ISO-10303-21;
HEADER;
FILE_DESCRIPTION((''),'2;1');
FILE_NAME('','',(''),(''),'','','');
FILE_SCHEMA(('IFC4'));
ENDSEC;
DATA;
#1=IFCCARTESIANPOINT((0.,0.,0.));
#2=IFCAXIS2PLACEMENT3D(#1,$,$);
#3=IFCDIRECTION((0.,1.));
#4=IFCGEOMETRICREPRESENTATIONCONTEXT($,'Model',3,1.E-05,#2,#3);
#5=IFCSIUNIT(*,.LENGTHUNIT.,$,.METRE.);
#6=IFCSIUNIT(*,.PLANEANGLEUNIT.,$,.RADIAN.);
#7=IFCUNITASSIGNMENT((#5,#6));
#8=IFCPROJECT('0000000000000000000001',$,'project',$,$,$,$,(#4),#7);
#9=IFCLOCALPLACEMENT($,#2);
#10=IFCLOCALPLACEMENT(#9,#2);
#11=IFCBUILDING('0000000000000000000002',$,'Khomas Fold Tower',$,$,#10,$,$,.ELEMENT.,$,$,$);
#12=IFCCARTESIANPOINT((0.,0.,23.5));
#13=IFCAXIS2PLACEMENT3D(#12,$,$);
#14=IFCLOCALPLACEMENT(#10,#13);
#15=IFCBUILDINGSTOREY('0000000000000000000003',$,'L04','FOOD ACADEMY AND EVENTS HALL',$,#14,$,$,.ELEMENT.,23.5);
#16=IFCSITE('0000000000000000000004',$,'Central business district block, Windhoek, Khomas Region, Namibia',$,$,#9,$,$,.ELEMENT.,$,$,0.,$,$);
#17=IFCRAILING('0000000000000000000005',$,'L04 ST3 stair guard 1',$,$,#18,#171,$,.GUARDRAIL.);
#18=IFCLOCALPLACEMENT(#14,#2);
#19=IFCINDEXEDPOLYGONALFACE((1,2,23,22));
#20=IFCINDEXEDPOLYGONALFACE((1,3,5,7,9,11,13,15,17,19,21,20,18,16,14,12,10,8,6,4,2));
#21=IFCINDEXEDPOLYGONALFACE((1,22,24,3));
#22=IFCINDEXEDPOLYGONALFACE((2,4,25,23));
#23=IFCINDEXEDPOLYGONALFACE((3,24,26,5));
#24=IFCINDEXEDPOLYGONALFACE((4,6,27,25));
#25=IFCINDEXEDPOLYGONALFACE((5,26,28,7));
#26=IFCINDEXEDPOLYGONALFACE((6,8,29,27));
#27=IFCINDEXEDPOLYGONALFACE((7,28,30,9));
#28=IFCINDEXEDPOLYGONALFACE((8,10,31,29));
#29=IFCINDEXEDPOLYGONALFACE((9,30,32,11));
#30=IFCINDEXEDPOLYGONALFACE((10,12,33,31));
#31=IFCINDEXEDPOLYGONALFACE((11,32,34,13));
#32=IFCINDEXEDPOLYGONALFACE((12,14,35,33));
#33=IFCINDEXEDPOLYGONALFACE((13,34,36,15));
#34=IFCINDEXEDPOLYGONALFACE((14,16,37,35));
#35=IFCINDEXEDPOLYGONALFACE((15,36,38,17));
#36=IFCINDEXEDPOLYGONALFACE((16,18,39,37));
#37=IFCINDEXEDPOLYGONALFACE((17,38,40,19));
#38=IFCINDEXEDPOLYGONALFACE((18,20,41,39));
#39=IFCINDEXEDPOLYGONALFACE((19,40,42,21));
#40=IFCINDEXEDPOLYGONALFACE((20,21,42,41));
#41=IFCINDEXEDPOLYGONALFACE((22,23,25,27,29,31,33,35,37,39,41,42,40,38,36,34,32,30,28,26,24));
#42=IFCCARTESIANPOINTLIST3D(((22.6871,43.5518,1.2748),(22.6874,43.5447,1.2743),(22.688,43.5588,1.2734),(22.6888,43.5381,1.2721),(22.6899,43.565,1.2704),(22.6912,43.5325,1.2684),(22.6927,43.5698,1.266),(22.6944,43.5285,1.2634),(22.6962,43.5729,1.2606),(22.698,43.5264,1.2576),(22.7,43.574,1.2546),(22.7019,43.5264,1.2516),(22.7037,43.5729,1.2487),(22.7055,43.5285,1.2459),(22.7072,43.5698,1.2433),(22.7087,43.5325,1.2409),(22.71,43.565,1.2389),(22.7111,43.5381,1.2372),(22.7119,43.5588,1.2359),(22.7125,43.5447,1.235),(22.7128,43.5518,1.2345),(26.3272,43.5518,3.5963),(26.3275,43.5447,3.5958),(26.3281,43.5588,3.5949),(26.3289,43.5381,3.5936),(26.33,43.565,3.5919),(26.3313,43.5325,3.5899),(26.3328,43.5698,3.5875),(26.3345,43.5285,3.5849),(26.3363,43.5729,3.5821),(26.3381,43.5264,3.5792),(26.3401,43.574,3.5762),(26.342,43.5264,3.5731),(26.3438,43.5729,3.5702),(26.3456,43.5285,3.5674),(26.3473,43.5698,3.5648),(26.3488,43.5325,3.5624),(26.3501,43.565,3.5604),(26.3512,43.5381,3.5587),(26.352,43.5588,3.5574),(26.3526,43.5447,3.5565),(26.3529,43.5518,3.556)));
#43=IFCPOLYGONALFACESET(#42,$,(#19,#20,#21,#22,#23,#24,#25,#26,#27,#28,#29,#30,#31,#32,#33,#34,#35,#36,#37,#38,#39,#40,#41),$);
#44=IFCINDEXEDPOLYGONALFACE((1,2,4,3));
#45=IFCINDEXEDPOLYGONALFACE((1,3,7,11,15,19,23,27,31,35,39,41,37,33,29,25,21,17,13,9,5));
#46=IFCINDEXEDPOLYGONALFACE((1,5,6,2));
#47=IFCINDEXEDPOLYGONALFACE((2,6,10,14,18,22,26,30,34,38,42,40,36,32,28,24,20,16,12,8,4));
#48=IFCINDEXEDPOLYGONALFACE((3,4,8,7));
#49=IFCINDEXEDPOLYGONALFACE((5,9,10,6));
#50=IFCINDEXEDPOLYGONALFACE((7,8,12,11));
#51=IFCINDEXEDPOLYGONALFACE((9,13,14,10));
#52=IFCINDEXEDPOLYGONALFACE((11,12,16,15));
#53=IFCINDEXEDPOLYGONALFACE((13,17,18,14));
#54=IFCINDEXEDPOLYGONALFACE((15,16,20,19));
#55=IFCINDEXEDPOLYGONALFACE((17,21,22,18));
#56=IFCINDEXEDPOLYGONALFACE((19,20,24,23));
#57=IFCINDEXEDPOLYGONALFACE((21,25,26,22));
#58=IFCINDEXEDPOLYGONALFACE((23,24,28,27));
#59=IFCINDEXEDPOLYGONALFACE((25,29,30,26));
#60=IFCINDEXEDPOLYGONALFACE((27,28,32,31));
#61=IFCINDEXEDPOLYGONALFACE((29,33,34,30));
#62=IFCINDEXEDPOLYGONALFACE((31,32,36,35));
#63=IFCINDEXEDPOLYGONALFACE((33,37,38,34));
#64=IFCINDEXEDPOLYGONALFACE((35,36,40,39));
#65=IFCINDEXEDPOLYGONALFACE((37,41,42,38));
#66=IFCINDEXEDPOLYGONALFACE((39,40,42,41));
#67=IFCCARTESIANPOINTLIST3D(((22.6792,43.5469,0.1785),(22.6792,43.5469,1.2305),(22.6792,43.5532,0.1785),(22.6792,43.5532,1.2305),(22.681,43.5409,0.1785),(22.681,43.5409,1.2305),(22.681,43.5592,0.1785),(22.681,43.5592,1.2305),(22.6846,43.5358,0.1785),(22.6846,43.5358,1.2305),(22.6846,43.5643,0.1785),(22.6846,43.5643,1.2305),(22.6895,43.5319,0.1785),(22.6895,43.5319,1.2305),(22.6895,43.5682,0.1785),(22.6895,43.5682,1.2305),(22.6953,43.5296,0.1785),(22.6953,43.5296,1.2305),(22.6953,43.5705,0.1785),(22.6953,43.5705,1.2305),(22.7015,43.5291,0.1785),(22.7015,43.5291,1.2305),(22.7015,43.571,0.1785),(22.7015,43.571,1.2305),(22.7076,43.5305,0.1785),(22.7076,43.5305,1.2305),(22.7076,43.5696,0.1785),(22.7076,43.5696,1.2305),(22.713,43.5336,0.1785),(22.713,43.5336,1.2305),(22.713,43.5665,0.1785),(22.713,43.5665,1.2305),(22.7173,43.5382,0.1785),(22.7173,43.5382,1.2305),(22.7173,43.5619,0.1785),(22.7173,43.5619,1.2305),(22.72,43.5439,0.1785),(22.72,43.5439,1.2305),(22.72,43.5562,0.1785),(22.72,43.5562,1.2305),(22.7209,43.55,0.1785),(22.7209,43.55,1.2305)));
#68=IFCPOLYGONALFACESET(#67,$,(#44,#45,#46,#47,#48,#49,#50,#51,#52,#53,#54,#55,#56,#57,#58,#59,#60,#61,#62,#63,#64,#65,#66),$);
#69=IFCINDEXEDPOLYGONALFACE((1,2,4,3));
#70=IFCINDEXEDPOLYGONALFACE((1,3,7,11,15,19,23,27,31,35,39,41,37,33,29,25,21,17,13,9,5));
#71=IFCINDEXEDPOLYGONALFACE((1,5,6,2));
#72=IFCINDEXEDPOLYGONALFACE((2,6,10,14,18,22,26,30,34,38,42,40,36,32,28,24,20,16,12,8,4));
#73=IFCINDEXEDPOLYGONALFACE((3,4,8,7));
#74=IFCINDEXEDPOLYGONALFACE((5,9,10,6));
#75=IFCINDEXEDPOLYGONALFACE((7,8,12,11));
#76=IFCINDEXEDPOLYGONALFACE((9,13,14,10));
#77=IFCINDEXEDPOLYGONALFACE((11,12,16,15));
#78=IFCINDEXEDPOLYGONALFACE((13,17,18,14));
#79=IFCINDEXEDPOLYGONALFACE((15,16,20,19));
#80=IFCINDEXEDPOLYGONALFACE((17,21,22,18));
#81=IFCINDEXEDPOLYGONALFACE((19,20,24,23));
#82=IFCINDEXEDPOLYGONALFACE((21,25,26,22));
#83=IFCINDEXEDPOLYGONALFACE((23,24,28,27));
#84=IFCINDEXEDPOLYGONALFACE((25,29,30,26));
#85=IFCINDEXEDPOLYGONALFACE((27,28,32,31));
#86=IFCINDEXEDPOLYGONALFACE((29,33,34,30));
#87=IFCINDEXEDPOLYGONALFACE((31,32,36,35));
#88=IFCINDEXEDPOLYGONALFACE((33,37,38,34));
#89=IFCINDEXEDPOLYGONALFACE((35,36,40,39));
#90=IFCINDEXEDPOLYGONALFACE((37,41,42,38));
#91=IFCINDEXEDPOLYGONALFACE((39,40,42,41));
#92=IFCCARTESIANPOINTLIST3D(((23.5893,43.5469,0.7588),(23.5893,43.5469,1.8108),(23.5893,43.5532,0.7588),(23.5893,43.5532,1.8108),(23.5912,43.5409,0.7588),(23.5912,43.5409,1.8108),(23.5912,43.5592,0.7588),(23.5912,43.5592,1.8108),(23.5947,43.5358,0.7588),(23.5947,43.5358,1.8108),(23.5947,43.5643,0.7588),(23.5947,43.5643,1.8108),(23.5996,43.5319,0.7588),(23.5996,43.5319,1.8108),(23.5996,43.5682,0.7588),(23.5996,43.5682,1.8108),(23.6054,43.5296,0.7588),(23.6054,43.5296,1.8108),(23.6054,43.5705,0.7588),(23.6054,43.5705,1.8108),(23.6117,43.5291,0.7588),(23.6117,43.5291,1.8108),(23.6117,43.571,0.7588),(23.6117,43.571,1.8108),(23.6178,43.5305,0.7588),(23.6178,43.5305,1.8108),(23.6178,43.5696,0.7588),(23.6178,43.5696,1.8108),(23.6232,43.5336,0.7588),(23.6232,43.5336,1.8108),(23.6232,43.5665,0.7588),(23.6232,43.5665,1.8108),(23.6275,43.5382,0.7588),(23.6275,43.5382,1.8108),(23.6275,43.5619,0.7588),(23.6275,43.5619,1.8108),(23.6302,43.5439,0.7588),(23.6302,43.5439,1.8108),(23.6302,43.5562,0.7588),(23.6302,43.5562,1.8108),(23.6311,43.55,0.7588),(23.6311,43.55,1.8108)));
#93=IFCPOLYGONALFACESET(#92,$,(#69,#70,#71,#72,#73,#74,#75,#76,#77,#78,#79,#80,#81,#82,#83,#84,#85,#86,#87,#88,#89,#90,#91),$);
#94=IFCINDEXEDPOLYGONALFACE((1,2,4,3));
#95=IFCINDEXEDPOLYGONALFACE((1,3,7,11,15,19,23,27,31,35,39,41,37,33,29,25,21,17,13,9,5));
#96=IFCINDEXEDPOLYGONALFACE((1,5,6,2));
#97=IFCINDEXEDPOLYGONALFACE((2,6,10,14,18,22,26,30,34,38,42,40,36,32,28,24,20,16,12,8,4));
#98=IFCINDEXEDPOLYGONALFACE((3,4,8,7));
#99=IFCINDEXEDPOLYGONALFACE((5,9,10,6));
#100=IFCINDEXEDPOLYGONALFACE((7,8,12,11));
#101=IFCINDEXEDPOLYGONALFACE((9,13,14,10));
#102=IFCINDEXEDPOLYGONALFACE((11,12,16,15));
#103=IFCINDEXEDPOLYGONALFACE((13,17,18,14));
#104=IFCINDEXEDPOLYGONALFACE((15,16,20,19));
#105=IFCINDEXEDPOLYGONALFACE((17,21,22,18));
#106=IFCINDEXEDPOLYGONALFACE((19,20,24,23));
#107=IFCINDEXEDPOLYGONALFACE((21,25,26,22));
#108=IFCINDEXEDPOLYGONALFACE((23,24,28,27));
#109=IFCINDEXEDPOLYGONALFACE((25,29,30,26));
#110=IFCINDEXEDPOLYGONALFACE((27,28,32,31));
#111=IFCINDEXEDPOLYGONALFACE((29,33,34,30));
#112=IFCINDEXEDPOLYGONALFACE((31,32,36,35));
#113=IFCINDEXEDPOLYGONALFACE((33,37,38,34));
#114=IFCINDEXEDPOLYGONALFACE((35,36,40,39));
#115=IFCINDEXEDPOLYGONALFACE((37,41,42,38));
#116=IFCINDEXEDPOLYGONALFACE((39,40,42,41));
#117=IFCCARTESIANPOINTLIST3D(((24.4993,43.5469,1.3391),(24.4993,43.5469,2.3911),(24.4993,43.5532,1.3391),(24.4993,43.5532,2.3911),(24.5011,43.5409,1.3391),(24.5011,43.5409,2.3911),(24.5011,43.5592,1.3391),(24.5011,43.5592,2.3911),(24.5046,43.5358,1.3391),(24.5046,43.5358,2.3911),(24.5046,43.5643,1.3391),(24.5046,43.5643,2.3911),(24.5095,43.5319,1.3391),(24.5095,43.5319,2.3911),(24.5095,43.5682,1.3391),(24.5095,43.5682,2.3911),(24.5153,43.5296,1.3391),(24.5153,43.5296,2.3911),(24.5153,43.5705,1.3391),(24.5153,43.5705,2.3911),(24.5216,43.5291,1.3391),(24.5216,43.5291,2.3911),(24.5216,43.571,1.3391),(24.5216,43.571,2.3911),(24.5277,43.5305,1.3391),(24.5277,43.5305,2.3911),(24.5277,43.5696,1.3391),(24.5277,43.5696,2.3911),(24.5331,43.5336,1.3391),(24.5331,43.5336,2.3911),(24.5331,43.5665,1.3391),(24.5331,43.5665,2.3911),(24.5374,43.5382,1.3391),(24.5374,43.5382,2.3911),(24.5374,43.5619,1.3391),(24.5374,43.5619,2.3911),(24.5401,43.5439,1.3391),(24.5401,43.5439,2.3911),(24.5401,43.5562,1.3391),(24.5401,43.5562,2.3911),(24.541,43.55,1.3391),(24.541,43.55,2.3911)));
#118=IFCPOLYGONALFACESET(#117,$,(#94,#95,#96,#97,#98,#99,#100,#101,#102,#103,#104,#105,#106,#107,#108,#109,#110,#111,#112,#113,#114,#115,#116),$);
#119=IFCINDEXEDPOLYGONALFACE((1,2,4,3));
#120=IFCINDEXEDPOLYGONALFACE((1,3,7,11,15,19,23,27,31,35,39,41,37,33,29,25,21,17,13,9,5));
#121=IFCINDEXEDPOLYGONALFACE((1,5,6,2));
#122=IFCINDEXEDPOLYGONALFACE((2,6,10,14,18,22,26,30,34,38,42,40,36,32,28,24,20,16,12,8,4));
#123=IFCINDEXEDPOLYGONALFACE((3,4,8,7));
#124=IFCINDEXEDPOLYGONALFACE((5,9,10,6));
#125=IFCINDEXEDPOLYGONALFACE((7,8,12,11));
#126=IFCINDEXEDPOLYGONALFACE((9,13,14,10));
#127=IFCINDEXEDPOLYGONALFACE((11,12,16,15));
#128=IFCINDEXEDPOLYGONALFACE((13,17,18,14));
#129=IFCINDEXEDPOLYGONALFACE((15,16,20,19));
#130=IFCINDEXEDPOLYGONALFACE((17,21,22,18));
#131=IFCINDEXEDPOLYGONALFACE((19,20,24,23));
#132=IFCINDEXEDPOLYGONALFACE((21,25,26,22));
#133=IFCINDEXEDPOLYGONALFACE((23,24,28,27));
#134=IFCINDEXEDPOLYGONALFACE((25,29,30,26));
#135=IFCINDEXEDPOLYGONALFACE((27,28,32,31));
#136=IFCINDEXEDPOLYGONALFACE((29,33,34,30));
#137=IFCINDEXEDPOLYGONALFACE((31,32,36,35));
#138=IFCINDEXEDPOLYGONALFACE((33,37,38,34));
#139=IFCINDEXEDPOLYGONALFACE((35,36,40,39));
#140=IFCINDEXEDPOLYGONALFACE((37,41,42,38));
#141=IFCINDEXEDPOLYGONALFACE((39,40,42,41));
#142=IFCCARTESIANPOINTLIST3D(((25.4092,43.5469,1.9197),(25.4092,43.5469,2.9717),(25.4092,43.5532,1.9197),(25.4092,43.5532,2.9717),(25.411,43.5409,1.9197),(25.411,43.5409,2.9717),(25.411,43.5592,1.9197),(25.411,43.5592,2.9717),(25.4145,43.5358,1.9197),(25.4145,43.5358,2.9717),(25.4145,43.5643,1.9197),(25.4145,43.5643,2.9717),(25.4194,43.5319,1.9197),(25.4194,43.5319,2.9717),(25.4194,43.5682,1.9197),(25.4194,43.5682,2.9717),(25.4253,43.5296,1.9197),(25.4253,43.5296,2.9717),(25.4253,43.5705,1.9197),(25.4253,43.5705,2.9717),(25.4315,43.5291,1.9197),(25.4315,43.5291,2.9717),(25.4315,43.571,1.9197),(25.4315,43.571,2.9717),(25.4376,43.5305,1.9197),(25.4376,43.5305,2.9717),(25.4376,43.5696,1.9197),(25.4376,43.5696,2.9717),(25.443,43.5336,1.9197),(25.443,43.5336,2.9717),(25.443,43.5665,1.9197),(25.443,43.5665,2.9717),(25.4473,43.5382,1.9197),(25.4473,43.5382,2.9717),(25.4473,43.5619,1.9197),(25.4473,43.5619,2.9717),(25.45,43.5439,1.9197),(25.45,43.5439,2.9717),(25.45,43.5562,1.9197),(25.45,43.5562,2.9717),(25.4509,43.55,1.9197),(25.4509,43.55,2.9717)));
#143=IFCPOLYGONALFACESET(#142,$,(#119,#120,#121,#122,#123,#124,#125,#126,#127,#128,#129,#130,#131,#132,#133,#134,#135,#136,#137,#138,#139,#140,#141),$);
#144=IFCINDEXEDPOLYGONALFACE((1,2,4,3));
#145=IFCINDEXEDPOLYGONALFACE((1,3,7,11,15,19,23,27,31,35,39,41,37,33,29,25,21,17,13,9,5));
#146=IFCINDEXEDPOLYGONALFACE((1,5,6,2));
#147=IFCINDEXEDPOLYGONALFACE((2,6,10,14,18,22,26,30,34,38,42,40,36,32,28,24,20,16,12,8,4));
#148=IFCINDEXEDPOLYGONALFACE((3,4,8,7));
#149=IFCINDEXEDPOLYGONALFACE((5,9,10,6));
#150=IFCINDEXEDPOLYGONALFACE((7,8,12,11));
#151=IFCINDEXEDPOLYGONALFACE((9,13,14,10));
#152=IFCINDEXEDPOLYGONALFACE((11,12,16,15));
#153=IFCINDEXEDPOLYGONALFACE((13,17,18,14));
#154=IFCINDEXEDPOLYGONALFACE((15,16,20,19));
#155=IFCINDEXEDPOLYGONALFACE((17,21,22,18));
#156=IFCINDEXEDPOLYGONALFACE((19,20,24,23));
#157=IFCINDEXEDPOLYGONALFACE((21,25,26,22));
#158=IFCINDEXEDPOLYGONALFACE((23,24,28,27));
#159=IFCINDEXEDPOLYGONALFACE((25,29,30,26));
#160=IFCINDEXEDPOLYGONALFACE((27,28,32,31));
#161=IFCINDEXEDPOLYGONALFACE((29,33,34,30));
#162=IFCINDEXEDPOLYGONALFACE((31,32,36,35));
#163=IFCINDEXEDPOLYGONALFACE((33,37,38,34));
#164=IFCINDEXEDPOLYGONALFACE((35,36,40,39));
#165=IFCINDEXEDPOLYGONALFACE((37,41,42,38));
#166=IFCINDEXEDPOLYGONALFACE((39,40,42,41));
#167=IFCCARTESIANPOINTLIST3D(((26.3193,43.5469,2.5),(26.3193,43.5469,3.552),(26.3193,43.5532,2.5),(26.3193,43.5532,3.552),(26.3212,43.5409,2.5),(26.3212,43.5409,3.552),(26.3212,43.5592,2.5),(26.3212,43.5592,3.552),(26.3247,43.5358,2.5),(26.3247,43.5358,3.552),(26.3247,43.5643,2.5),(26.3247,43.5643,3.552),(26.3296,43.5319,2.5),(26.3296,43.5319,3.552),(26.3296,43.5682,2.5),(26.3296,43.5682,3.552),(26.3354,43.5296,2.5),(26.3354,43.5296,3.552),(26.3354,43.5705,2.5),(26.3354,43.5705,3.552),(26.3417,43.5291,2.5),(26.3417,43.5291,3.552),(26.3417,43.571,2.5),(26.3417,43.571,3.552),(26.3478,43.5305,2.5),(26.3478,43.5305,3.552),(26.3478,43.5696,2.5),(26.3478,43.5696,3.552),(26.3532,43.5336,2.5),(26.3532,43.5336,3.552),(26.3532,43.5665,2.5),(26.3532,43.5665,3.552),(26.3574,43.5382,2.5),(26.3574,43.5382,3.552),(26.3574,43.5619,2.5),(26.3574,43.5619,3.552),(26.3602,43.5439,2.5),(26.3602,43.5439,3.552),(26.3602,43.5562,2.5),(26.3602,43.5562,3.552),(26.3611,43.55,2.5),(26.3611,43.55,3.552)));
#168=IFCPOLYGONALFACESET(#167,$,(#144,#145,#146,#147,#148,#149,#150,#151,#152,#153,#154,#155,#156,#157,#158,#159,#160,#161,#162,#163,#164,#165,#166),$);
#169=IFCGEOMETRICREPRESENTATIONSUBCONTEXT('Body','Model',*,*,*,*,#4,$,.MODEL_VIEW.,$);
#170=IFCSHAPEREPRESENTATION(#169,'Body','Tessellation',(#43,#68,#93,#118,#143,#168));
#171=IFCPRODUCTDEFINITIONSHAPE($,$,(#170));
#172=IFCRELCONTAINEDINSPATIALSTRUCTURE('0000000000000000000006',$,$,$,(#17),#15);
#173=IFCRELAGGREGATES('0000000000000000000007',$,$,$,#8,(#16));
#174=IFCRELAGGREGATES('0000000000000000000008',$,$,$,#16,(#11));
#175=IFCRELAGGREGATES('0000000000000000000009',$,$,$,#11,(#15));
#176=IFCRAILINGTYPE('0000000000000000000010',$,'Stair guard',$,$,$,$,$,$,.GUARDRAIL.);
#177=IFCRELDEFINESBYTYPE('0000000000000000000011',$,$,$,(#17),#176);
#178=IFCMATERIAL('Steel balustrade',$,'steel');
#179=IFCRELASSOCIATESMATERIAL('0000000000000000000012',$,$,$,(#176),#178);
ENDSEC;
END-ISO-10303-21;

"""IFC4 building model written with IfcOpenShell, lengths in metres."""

from ifc_helpers import new_model, si_unit, direction, frame, origin, origin_2d, place, context, subcontext, project, spatial, circle, extrude, source, transform, mapped, material, type_object, element, save


model = new_model("IFC4")

# Units and contexts
model_context = context("Model", 3, precision=1e-05, world=origin(), true_north=direction((0.0, 1.0)))
body_context = subcontext(model_context, "Body", "Model", "MODEL_VIEW")
ifc_project = project(units=[si_unit("LENGTHUNIT", "METRE"), si_unit("PLANEANGLEUNIT", "RADIAN")], contexts=[model_context])

# Site, building, storey
site_placement = place(None, origin())
site = spatial("IfcSite", under=ifc_project, at=site_placement, Name="Central business district block, Windhoek, Khomas Region, Namibia", CompositionType="ELEMENT", RefElevation=0.0)
building_placement = place(site_placement, origin())
building = spatial("IfcBuilding", under=site, at=building_placement, Name="Khomas Fold Tower", CompositionType="ELEMENT")
storey_placement = place(building_placement, frame((0.0, 0.0, 23.5)))
storey = spatial("IfcBuildingStorey", under=building, at=storey_placement, Name="L04", Description="FOOD ACADEMY AND EVENTS HALL", CompositionType="ELEMENT", Elevation=23.5)

# Railing
ifc_material_1 = material(Name="Steel balustrade", Category="steel")
railing_type_1 = type_object("IfcRailingType", Name="Stair guard", PredefinedType="GUARDRAIL", material=ifc_material_1)
shared_shape_1 = source(origin(), body_context, "Body", "SweptSolid", [
    extrude(circle(Radius=0.0239, at=origin_2d()), frame((0.0, 0.0, 1.0762), z_axis=(0.843128, 0.0, 0.537713), x_axis=(0.0, 1.0, 0.0)), (0.0, 0.0, 1.0), 4.3174),
    extrude(circle(Radius=0.021, at=origin_2d()), origin(), (0.0, 0.0, 1.0), 1.052),
    extrude(circle(Radius=0.021, at=origin_2d()), frame((0.9102, 0.0, 0.5803)), (0.0, 0.0, 1.0), 1.052),
    extrude(circle(Radius=0.021, at=origin_2d()), frame((1.8201, 0.0, 1.1606)), (0.0, 0.0, 1.0), 1.052),
    extrude(circle(Radius=0.021, at=origin_2d()), frame((2.73, 0.0, 1.7412)), (0.0, 0.0, 1.0), 1.052),
    extrude(circle(Radius=0.021, at=origin_2d()), frame((3.6401, 0.0, 2.3215)), (0.0, 0.0, 1.0), 1.052),
])
railing_1_placement = place(storey_placement, frame((22.7, 43.55, 0.1785)))
element("IfcRailing", 1, at=railing_1_placement, inside=storey, type_object=railing_type_1, Name="L04 ST3 stair guard 1", PredefinedType="GUARDRAIL", context=body_context, shape_type="MappedRepresentation", body=[
    mapped(shared_shape_1, transform((0.0, 0.0, 0.0))),
])

save(model, "model.ifc")
